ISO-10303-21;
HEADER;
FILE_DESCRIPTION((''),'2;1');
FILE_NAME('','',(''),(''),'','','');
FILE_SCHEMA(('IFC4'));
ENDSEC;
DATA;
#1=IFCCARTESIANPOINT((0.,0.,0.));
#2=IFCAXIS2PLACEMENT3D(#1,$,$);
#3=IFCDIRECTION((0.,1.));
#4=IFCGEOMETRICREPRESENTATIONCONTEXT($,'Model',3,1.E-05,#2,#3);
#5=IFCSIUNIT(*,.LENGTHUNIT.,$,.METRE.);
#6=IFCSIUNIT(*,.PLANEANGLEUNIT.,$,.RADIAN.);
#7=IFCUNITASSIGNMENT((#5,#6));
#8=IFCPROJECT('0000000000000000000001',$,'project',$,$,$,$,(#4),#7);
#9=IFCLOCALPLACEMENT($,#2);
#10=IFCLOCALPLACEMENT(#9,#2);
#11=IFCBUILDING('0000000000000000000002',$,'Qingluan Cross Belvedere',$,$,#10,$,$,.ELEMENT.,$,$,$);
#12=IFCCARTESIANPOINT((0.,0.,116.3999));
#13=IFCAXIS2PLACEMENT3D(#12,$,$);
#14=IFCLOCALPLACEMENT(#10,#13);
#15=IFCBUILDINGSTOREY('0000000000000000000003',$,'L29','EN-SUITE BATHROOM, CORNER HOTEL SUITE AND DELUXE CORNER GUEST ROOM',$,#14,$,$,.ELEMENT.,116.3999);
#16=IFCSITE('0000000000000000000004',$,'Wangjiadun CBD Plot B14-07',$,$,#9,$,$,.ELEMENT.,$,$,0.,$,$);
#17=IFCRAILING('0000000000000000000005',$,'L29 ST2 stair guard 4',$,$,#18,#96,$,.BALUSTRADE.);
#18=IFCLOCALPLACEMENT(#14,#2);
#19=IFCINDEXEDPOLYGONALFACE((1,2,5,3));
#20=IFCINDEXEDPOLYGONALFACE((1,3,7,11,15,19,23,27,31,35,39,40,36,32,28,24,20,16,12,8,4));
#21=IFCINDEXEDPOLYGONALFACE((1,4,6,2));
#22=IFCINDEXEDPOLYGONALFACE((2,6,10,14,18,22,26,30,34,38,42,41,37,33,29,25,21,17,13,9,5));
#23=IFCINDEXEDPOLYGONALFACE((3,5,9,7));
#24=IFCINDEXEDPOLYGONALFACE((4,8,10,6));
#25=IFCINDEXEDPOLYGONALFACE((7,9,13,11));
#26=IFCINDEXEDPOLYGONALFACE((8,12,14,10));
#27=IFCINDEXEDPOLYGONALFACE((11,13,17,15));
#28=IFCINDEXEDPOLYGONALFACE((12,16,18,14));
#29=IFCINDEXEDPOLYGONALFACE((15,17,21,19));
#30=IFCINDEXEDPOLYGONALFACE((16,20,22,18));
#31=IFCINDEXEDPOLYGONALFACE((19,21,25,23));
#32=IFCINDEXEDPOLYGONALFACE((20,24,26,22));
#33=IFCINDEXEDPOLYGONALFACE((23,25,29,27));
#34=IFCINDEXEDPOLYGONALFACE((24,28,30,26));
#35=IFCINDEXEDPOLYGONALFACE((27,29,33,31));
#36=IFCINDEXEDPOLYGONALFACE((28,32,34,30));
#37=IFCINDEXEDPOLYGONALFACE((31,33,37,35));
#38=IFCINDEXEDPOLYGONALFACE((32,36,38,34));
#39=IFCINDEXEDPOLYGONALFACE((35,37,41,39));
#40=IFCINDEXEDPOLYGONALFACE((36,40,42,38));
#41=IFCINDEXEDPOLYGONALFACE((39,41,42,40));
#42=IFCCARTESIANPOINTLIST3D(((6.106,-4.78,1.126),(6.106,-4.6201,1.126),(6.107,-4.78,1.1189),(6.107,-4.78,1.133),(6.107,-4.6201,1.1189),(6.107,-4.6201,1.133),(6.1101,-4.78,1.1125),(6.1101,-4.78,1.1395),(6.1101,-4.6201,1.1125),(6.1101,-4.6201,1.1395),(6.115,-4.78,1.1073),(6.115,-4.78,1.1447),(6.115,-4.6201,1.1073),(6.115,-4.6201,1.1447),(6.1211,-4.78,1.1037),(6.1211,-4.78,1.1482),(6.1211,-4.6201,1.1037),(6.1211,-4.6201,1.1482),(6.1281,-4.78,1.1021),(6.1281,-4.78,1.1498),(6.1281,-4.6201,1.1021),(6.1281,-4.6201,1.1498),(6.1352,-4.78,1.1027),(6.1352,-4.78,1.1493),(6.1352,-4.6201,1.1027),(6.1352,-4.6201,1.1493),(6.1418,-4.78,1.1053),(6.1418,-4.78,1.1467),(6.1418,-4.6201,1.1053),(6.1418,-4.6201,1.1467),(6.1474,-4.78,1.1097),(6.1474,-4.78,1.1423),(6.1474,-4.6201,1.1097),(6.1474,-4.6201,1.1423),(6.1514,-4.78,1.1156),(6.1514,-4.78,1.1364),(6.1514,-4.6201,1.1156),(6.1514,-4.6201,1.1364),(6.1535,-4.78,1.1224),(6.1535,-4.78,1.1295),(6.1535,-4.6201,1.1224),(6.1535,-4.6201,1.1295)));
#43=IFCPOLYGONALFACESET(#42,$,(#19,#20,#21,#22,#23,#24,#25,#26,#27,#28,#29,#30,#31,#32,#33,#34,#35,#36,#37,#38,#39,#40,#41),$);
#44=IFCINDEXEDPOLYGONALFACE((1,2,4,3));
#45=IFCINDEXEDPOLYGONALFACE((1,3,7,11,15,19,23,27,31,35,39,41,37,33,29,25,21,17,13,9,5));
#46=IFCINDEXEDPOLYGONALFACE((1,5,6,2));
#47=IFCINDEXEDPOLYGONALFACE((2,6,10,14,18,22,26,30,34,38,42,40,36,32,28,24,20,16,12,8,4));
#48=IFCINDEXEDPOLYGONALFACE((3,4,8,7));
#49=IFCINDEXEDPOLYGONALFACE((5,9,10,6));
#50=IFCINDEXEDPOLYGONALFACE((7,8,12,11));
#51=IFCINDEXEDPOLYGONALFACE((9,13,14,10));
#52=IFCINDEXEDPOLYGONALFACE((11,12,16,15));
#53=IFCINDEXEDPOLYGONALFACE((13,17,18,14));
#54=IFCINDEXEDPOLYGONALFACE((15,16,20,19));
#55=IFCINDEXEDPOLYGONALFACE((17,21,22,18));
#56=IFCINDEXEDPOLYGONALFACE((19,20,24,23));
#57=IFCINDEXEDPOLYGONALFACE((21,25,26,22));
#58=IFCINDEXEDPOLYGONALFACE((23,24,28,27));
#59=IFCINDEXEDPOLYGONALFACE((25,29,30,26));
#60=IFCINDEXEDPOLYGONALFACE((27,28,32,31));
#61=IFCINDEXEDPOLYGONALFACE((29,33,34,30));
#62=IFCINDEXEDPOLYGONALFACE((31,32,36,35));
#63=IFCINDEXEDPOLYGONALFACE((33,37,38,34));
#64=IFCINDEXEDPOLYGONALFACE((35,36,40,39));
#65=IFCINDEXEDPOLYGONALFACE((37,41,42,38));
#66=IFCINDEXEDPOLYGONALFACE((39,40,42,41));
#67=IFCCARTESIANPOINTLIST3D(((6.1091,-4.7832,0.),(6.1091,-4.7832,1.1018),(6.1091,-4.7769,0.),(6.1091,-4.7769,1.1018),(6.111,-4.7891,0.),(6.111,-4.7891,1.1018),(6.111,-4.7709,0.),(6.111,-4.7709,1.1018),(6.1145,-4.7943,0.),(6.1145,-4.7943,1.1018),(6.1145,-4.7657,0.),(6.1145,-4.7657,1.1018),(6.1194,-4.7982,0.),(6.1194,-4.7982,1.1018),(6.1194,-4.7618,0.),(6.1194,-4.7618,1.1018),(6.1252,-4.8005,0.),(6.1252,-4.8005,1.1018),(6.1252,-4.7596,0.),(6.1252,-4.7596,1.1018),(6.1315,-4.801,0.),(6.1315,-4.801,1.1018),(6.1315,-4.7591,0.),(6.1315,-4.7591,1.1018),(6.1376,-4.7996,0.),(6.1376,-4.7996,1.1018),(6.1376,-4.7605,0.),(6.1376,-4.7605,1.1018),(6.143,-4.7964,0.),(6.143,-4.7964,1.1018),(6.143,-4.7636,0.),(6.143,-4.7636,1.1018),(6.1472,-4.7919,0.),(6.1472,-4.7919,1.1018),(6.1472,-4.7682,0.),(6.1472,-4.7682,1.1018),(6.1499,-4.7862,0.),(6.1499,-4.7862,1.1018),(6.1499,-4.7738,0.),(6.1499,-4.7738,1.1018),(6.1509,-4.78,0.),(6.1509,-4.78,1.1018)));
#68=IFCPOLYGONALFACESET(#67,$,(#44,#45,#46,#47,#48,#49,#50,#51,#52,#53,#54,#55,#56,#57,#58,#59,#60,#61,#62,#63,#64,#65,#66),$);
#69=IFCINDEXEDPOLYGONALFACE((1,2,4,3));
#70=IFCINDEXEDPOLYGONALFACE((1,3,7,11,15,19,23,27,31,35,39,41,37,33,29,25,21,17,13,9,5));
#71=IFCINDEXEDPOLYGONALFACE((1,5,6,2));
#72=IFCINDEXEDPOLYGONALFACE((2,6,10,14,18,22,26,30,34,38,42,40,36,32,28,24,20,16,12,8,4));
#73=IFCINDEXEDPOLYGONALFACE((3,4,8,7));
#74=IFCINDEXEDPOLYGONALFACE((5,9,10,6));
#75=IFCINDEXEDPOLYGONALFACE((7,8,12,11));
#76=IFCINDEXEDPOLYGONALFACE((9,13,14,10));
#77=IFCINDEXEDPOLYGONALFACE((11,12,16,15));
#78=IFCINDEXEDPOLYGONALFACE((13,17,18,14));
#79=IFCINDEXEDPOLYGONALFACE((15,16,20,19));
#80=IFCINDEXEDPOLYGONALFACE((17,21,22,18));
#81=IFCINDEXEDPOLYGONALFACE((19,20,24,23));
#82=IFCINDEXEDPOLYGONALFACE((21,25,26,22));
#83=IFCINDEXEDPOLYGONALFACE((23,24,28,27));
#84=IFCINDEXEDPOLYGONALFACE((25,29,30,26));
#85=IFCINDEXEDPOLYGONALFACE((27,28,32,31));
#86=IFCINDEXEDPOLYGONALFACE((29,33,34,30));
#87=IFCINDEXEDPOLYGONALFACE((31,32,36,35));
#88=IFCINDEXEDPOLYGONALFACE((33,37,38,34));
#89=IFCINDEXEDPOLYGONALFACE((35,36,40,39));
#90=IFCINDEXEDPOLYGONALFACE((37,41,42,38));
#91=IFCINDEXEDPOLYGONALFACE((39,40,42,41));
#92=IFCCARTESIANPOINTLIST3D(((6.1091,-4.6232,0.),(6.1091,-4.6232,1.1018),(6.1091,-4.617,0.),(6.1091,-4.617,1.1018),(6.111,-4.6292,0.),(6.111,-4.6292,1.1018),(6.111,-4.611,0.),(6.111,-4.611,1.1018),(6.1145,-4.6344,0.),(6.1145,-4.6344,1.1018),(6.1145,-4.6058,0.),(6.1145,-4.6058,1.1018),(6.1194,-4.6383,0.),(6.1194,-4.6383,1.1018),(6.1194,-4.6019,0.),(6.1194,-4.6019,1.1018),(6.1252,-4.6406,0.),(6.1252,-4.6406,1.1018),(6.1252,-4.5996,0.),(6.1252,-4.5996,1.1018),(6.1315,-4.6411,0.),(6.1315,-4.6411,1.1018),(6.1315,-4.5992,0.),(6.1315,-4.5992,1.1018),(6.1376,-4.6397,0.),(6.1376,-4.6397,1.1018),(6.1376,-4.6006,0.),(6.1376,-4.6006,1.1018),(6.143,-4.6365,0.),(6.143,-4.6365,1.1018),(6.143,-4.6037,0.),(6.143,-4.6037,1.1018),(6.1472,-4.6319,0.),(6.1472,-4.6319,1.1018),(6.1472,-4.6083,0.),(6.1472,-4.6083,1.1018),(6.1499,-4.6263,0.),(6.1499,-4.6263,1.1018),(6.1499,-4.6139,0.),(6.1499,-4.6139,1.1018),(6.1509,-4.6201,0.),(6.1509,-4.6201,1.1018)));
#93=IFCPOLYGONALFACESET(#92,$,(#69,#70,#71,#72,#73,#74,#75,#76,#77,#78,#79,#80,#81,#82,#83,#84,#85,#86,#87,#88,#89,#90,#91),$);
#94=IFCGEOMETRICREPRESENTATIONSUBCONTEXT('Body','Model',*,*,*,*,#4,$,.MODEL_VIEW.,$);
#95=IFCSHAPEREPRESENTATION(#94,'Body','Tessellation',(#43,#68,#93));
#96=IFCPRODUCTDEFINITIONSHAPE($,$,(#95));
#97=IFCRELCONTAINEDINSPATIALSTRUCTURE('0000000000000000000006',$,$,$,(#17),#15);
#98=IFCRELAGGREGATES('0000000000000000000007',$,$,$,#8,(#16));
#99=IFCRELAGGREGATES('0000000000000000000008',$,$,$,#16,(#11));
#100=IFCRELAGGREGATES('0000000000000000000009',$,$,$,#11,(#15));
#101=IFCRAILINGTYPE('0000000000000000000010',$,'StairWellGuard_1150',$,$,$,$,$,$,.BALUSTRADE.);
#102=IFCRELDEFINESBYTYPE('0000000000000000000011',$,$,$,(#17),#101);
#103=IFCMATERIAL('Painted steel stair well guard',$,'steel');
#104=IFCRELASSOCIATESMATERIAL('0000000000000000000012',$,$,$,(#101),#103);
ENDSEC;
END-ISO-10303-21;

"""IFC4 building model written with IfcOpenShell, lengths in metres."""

from ifc_helpers import new_model, si_unit, direction, frame, origin, origin_2d, place, context, subcontext, project, spatial, circle, extrude, material, type_object, element, save


model = new_model("IFC4")

# Units and contexts
model_context = context("Model", 3, precision=1e-05, world=origin(), true_north=direction((0.0, 1.0)))
body_context = subcontext(model_context, "Body", "Model", "MODEL_VIEW")
ifc_project = project(units=[si_unit("LENGTHUNIT", "METRE"), si_unit("PLANEANGLEUNIT", "RADIAN")], contexts=[model_context])

# Site, building, storey
site_placement = place(None, origin())
site = spatial("IfcSite", under=ifc_project, at=site_placement, Name="Wangjiadun CBD Plot B14-07", CompositionType="ELEMENT", RefElevation=0.0)
building_placement = place(site_placement, origin())
building = spatial("IfcBuilding", under=site, at=building_placement, Name="Qingluan Cross Belvedere", CompositionType="ELEMENT")
storey_placement = place(building_placement, frame((0.0, 0.0, 116.3999)))
storey = spatial("IfcBuildingStorey", under=building, at=storey_placement, Name="L29", Description="EN-SUITE BATHROOM, CORNER HOTEL SUITE AND DELUXE CORNER GUEST ROOM", CompositionType="ELEMENT", Elevation=116.3999)

# Railing
ifc_material_1 = material(Name="Painted steel stair well guard", Category="steel")
railing_type_1 = type_object("IfcRailingType", Name="StairWellGuard_1150", PredefinedType="BALUSTRADE", material=ifc_material_1)
railing_1_placement = place(storey_placement, frame((6.1299, -4.78, 0.0)))
element("IfcRailing", 1, at=railing_1_placement, inside=storey, type_object=railing_type_1, Name="L29 ST2 stair guard 4", PredefinedType="BALUSTRADE", context=body_context, shape_type="SweptSolid", body=[
    extrude(circle(Radius=0.0239, at=origin_2d()), frame((0.0, 0.0, 1.126), z_axis=(0.0, 1.0, 0.0), x_axis=(-1.0, 0.0, 0.0)), (0.0, 0.0, 1.0), 0.1599),
    extrude(circle(Radius=0.021, at=origin_2d()), origin(), (0.0, 0.0, 1.0), 1.1018),
    extrude(circle(Radius=0.021, at=origin_2d()), frame((0.0, 0.1599, 0.0)), (0.0, 0.0, 1.0), 1.1018),
])

save(model, "model.ifc")
